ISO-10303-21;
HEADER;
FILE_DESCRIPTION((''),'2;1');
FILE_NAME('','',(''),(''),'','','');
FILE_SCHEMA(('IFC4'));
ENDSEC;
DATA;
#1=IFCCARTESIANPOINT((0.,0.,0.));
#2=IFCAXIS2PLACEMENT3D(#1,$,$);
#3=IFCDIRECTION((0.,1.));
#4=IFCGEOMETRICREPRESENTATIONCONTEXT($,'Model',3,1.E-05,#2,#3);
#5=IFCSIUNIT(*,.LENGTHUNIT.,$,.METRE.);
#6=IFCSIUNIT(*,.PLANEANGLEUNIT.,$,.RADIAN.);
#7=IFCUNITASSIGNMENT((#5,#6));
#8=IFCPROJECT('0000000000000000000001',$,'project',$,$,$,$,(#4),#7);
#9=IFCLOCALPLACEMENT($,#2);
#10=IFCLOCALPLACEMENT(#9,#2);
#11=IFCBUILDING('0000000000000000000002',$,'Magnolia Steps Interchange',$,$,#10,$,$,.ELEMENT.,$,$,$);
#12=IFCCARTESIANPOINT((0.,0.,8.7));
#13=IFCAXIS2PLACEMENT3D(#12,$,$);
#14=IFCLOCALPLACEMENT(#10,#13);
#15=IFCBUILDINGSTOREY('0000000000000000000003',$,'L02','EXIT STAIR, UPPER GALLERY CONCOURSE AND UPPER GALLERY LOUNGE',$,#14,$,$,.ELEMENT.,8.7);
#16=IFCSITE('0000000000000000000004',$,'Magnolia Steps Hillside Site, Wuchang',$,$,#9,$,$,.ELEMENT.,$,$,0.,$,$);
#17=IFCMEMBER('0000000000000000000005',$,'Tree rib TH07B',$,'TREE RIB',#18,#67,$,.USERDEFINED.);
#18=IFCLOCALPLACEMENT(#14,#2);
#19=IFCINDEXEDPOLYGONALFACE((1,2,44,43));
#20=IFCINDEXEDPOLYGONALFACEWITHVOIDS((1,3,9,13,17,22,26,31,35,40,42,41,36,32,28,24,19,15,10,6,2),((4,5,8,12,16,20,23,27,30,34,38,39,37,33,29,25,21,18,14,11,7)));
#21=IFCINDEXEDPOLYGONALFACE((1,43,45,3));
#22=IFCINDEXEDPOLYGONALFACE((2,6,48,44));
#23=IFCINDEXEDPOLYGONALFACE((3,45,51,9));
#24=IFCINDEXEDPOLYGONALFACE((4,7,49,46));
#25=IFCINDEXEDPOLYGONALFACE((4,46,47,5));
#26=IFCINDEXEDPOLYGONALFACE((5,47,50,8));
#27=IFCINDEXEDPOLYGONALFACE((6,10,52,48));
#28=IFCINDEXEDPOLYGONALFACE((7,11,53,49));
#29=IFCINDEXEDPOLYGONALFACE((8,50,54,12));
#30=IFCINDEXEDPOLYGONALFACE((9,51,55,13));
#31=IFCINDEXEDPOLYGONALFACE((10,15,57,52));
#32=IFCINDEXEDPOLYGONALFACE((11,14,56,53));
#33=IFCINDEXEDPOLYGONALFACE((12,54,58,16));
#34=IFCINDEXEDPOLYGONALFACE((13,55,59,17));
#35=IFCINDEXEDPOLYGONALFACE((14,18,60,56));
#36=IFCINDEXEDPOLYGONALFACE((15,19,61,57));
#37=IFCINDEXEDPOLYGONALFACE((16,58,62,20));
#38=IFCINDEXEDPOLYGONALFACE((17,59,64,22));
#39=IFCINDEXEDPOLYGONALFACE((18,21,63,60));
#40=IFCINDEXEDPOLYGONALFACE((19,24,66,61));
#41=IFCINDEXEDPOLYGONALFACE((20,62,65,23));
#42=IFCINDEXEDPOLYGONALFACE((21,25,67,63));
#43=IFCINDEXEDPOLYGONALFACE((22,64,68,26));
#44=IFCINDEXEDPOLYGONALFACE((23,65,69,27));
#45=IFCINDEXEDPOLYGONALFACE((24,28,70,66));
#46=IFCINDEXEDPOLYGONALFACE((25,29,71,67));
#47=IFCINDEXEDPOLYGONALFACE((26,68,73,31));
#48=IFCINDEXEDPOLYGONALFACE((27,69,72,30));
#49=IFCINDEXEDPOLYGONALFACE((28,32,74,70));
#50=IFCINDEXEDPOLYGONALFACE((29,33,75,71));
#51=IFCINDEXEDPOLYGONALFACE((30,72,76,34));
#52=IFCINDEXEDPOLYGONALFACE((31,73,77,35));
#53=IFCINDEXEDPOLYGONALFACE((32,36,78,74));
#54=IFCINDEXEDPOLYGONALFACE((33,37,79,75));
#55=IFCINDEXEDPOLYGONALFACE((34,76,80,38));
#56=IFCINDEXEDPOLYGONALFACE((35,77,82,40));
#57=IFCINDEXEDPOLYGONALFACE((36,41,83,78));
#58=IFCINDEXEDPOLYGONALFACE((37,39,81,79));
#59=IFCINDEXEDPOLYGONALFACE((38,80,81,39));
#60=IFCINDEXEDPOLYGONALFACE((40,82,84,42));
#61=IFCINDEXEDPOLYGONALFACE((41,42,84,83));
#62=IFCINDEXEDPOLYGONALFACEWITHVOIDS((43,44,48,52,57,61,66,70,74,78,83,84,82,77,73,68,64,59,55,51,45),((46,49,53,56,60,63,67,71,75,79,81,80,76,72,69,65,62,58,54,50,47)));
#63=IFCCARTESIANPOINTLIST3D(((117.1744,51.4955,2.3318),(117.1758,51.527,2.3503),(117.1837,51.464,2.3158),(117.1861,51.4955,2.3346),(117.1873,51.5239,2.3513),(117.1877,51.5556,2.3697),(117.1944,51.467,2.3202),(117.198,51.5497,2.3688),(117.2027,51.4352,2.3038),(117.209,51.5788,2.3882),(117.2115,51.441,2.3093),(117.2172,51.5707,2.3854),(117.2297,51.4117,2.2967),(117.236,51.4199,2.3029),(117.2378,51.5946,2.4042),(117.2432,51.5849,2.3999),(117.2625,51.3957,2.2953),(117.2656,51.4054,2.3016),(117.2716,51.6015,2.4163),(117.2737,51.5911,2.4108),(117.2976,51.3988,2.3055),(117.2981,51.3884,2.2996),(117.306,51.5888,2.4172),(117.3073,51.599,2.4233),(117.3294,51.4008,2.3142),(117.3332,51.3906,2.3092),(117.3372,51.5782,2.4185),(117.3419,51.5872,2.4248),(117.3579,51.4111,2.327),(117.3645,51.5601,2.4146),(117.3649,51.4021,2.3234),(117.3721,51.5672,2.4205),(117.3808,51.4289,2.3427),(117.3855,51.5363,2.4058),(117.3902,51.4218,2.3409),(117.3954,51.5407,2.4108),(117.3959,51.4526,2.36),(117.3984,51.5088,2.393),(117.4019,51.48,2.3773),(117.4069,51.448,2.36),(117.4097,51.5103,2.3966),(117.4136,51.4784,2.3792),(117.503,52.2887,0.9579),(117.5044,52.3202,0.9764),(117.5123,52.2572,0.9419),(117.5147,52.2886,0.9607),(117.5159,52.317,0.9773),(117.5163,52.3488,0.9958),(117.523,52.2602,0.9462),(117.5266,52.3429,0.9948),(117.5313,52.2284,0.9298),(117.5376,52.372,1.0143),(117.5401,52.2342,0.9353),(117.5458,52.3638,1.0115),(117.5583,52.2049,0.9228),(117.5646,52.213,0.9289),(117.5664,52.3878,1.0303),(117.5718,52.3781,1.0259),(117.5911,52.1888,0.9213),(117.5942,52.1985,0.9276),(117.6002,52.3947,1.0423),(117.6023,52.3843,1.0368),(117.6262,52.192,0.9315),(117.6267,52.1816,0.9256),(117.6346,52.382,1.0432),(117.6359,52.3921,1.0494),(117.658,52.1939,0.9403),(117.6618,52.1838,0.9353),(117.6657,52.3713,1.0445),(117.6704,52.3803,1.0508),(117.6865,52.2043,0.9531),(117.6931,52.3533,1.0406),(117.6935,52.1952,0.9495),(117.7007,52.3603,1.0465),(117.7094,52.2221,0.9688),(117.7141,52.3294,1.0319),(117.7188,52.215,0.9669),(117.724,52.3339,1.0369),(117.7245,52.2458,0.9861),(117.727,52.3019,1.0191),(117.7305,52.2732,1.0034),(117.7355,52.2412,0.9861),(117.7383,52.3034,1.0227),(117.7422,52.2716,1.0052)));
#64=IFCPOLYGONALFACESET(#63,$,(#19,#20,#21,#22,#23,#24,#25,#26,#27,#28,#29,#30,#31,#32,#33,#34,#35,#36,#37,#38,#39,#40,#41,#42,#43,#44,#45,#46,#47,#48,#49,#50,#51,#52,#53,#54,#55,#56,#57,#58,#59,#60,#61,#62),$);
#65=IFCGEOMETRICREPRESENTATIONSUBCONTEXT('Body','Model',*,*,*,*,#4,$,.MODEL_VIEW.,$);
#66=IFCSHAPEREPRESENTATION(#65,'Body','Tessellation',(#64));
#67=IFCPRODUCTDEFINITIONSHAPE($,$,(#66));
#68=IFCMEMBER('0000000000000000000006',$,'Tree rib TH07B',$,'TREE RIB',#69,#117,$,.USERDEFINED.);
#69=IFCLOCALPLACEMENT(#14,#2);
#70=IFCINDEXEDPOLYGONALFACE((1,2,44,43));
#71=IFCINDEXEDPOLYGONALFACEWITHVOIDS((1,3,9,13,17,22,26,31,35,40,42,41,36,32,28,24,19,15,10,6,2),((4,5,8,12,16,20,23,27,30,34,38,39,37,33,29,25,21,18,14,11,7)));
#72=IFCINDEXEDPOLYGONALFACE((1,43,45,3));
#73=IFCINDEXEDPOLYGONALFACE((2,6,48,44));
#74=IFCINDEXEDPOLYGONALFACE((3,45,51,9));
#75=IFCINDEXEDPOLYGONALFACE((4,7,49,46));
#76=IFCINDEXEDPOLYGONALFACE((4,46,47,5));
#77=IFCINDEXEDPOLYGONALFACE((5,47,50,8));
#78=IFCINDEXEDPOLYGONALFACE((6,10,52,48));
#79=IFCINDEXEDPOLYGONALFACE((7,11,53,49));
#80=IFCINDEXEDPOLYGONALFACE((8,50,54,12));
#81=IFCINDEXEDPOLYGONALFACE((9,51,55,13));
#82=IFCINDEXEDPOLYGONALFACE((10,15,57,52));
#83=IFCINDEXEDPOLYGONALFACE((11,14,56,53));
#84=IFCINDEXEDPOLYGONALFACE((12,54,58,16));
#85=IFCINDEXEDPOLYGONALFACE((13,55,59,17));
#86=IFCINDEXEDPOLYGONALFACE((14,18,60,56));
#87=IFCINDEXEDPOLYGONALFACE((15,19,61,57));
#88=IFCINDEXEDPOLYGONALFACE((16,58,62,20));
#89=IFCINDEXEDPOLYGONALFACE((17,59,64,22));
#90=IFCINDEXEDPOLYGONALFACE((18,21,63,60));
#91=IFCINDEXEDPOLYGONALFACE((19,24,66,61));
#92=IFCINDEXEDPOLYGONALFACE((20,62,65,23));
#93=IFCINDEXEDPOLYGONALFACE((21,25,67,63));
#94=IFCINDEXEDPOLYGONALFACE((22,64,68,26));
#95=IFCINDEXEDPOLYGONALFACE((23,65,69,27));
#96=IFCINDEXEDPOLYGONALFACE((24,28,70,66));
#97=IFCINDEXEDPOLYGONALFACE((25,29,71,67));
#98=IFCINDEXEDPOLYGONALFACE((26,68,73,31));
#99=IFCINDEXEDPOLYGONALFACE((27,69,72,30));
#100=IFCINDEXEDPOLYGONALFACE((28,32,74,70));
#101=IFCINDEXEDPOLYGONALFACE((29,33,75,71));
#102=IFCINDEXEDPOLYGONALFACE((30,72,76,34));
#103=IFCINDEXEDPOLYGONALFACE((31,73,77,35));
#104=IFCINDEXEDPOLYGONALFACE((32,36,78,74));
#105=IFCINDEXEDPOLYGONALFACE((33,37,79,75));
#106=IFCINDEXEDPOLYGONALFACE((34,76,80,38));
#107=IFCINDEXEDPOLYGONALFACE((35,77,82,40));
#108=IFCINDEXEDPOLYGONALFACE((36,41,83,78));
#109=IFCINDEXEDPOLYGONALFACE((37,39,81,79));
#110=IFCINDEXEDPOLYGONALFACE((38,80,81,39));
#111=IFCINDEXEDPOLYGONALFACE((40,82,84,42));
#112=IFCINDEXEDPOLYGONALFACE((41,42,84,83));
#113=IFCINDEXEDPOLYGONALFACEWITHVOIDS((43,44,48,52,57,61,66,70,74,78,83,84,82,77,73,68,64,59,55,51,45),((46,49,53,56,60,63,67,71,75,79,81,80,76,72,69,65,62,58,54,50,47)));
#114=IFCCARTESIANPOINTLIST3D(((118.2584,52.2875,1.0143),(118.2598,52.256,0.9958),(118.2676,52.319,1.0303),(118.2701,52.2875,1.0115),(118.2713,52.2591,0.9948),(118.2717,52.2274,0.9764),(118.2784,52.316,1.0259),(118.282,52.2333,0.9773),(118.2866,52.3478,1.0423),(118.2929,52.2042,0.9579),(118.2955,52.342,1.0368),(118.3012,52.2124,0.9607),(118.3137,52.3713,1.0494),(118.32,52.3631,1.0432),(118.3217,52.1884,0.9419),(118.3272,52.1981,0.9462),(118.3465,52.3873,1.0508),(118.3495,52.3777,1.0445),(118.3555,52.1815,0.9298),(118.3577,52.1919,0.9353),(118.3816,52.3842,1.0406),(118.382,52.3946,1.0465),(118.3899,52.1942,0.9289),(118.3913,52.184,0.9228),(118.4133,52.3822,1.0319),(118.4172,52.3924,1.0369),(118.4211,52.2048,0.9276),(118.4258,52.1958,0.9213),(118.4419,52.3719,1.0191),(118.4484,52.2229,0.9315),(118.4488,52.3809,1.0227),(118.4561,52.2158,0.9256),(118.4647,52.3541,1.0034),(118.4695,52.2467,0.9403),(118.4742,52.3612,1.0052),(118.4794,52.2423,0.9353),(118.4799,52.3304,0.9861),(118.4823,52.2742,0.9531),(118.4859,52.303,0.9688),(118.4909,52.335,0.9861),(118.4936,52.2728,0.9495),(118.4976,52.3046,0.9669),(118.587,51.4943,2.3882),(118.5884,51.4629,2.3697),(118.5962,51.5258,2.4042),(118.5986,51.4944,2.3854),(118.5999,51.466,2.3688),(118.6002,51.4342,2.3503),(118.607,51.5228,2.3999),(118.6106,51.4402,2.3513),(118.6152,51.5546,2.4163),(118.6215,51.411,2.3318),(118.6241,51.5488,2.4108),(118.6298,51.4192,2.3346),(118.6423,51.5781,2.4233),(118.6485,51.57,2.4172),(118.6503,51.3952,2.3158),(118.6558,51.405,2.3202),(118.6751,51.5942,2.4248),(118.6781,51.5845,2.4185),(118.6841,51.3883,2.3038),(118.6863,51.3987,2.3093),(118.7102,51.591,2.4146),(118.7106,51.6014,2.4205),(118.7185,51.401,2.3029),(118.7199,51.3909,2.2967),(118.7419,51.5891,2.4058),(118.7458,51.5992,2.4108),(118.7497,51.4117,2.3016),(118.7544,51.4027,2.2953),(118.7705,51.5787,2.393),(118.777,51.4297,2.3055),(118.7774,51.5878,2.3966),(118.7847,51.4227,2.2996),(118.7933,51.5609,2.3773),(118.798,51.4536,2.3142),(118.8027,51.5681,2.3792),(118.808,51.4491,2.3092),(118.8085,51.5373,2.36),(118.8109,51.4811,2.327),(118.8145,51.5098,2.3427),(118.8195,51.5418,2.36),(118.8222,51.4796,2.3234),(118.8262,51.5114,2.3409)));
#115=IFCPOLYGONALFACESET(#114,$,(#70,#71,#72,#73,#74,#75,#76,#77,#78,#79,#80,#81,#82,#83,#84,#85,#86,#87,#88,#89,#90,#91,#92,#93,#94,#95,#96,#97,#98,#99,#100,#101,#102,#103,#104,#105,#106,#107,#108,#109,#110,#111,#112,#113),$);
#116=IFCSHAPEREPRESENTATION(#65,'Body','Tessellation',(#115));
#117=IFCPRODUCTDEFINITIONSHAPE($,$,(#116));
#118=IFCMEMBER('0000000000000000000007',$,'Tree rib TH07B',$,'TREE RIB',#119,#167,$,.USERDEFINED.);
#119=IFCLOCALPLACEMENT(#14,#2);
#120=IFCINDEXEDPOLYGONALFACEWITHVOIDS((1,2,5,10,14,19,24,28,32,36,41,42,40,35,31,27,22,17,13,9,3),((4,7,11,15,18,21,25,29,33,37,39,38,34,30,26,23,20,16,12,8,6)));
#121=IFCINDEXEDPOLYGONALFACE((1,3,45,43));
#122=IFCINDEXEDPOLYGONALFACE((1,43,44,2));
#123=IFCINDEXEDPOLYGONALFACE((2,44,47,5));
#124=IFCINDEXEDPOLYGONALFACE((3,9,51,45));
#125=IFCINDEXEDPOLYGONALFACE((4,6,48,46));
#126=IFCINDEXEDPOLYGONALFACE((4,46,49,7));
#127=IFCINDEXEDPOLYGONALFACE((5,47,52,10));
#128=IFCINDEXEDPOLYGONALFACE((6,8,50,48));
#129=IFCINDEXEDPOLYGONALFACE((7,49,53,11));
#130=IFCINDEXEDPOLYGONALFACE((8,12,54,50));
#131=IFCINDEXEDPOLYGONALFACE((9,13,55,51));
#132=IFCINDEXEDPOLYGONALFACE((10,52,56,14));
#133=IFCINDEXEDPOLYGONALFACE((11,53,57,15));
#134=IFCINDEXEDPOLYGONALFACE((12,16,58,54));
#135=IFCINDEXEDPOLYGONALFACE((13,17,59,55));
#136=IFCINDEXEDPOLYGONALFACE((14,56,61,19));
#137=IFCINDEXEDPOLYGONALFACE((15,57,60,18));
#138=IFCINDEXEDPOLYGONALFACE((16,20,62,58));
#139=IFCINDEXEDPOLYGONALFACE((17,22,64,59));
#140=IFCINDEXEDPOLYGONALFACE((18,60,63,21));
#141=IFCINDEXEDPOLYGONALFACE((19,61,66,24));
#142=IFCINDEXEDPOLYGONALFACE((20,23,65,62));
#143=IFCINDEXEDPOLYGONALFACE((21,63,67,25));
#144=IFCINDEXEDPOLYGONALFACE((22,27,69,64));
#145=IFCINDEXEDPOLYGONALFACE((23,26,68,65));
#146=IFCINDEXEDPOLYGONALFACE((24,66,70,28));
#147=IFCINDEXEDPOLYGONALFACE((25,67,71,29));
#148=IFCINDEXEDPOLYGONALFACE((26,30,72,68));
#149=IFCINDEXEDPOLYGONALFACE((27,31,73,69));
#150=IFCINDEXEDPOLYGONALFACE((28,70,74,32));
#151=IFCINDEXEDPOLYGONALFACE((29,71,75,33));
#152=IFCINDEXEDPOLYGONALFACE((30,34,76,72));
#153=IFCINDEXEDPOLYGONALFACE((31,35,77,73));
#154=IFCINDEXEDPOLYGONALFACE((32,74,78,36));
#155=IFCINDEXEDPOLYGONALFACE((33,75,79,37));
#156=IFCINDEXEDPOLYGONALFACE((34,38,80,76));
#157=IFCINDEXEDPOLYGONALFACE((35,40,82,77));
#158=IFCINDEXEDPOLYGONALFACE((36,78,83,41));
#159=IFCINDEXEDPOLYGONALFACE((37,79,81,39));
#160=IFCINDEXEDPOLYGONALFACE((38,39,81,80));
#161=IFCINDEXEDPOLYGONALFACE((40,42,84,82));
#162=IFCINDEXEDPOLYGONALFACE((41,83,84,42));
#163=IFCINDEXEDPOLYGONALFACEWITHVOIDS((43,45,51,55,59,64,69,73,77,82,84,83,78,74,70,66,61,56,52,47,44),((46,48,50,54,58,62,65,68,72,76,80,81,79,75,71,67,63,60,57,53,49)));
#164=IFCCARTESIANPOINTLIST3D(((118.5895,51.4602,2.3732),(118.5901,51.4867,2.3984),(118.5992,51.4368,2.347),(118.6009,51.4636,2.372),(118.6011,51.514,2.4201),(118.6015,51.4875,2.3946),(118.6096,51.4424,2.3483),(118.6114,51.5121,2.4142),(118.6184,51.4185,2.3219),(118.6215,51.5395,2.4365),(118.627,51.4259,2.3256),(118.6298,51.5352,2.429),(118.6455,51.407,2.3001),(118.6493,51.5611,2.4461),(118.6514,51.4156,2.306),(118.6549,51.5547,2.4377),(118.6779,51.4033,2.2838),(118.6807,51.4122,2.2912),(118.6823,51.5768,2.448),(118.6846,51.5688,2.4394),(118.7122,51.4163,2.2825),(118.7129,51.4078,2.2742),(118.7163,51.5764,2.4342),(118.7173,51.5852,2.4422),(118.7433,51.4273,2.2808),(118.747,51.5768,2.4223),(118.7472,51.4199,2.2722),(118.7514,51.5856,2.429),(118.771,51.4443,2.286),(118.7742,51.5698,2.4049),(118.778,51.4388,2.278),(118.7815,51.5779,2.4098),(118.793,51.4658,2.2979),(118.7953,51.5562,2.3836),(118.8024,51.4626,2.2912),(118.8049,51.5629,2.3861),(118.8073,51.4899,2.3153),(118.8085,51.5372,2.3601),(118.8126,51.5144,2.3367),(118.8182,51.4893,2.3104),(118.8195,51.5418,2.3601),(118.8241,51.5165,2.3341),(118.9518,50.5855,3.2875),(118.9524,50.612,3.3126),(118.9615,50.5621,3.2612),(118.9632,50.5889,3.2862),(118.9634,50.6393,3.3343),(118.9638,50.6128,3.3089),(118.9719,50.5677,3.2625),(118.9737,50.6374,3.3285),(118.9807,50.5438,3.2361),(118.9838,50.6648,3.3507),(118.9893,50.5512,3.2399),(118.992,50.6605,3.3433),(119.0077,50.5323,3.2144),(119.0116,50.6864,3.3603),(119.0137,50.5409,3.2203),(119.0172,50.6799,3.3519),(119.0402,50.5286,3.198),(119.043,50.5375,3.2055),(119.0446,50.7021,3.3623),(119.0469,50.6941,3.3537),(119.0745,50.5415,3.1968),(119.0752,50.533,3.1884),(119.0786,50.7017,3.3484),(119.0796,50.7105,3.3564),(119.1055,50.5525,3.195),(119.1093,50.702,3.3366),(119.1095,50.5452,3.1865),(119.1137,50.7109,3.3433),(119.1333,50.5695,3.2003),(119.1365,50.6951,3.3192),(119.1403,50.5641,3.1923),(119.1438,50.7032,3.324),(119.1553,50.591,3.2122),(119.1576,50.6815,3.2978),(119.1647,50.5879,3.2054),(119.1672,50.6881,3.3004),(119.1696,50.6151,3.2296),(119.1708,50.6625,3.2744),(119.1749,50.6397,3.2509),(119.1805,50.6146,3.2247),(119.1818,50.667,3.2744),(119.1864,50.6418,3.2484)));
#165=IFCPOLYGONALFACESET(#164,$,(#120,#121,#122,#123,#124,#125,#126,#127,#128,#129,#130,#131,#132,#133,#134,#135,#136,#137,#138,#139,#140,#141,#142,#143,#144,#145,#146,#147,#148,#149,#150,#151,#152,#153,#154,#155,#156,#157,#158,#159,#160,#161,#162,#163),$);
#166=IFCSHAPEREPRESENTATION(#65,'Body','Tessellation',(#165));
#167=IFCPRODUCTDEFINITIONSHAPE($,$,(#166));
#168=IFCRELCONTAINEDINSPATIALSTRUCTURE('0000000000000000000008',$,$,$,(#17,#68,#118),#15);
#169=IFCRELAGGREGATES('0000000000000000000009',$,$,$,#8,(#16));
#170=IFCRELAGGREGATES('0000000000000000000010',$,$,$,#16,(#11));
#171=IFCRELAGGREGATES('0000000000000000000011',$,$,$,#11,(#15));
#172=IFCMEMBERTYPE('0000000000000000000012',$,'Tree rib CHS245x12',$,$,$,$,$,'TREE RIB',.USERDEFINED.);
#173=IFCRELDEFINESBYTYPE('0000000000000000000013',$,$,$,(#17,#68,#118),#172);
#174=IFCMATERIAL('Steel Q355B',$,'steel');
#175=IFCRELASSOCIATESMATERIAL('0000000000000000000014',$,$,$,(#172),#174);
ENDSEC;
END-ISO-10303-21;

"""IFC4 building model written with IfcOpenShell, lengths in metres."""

from ifc_helpers import new_model, si_unit, direction, frame, origin, origin_2d, place, context, subcontext, project, spatial, hollow_circle, extrude, material, material_profile, profile_set, type_object, element, save


model = new_model("IFC4")

# Units and contexts
model_context = context("Model", 3, precision=1e-05, world=origin(), true_north=direction((0.0, 1.0)))
body_context = subcontext(model_context, "Body", "Model", "MODEL_VIEW")
ifc_project = project(units=[si_unit("LENGTHUNIT", "METRE"), si_unit("PLANEANGLEUNIT", "RADIAN")], contexts=[model_context])

# Site, building, storey
site_placement = place(None, origin())
site = spatial("IfcSite", under=ifc_project, at=site_placement, Name="Magnolia Steps Hillside Site, Wuchang", CompositionType="ELEMENT", RefElevation=0.0)
building_placement = place(site_placement, origin())
building = spatial("IfcBuilding", under=site, at=building_placement, Name="Magnolia Steps Interchange", CompositionType="ELEMENT")
storey_placement = place(building_placement, frame((0.0, 0.0, 8.7)))
storey = spatial("IfcBuildingStorey", under=building, at=storey_placement, Name="L02", Description="EXIT STAIR, UPPER GALLERY CONCOURSE AND UPPER GALLERY LOUNGE", CompositionType="ELEMENT", Elevation=8.7)

# Members
ifc_material_1 = material(Name="Steel Q355B", Category="steel")
ifc_material_profile_1 = material_profile(ifc_material_1, hollow_circle(Radius=0.1226, WallThickness=0.012, at=origin_2d()), Name="CHS245x12")
ifc_profile_set_1 = profile_set([ifc_material_profile_1], Name="Steel Q355B")
member_type = type_object("IfcMemberType", Name="Tree rib CHS245x12", ElementType="TREE RIB", PredefinedType="USERDEFINED", material=ifc_profile_set_1)
for number, where, z_axis, x_axis, name in (
    (1, (117.6223, 52.2881, 0.9861), (-0.20282, -0.489571, 0.848047), (0.923857, -0.382737, 0.0), "Tree rib TH07B"),
    (2, (118.3777, 52.2881, 0.9861), (0.20282, -0.489571, 0.848047), (0.923857, 0.382737, 0.0), "Tree rib TH07B"),
):
    element("IfcMember", number, at=place(storey_placement, frame(where, z_axis=z_axis, x_axis=x_axis)), inside=storey, type_object=member_type, Name=name, ObjectType="TREE RIB", PredefinedType="USERDEFINED", context=body_context, shape_type="SweptSolid", body=[
        extrude(hollow_circle(Radius=0.1226, WallThickness=0.012, at=origin_2d()), origin(), (0.0, 0.0, 1.0), 1.6201),
    ])
member_1_placement = place(storey_placement, frame((118.7063, 51.4949, 2.3601), z_axis=(0.275263, -0.6646, 0.694649), x_axis=(0.923891, 0.382655, 0.0)))
element("IfcMember", 3, at=member_1_placement, inside=storey, type_object=member_type, Name="Tree rib TH07B", ObjectType="TREE RIB", PredefinedType="USERDEFINED", context=body_context, shape_type="SweptSolid", body=[
    extrude(hollow_circle(Radius=0.1226, WallThickness=0.012, at=origin_2d()), origin(), (0.0, 0.0, 1.0), 1.3162),
])

save(model, "model.ifc")
